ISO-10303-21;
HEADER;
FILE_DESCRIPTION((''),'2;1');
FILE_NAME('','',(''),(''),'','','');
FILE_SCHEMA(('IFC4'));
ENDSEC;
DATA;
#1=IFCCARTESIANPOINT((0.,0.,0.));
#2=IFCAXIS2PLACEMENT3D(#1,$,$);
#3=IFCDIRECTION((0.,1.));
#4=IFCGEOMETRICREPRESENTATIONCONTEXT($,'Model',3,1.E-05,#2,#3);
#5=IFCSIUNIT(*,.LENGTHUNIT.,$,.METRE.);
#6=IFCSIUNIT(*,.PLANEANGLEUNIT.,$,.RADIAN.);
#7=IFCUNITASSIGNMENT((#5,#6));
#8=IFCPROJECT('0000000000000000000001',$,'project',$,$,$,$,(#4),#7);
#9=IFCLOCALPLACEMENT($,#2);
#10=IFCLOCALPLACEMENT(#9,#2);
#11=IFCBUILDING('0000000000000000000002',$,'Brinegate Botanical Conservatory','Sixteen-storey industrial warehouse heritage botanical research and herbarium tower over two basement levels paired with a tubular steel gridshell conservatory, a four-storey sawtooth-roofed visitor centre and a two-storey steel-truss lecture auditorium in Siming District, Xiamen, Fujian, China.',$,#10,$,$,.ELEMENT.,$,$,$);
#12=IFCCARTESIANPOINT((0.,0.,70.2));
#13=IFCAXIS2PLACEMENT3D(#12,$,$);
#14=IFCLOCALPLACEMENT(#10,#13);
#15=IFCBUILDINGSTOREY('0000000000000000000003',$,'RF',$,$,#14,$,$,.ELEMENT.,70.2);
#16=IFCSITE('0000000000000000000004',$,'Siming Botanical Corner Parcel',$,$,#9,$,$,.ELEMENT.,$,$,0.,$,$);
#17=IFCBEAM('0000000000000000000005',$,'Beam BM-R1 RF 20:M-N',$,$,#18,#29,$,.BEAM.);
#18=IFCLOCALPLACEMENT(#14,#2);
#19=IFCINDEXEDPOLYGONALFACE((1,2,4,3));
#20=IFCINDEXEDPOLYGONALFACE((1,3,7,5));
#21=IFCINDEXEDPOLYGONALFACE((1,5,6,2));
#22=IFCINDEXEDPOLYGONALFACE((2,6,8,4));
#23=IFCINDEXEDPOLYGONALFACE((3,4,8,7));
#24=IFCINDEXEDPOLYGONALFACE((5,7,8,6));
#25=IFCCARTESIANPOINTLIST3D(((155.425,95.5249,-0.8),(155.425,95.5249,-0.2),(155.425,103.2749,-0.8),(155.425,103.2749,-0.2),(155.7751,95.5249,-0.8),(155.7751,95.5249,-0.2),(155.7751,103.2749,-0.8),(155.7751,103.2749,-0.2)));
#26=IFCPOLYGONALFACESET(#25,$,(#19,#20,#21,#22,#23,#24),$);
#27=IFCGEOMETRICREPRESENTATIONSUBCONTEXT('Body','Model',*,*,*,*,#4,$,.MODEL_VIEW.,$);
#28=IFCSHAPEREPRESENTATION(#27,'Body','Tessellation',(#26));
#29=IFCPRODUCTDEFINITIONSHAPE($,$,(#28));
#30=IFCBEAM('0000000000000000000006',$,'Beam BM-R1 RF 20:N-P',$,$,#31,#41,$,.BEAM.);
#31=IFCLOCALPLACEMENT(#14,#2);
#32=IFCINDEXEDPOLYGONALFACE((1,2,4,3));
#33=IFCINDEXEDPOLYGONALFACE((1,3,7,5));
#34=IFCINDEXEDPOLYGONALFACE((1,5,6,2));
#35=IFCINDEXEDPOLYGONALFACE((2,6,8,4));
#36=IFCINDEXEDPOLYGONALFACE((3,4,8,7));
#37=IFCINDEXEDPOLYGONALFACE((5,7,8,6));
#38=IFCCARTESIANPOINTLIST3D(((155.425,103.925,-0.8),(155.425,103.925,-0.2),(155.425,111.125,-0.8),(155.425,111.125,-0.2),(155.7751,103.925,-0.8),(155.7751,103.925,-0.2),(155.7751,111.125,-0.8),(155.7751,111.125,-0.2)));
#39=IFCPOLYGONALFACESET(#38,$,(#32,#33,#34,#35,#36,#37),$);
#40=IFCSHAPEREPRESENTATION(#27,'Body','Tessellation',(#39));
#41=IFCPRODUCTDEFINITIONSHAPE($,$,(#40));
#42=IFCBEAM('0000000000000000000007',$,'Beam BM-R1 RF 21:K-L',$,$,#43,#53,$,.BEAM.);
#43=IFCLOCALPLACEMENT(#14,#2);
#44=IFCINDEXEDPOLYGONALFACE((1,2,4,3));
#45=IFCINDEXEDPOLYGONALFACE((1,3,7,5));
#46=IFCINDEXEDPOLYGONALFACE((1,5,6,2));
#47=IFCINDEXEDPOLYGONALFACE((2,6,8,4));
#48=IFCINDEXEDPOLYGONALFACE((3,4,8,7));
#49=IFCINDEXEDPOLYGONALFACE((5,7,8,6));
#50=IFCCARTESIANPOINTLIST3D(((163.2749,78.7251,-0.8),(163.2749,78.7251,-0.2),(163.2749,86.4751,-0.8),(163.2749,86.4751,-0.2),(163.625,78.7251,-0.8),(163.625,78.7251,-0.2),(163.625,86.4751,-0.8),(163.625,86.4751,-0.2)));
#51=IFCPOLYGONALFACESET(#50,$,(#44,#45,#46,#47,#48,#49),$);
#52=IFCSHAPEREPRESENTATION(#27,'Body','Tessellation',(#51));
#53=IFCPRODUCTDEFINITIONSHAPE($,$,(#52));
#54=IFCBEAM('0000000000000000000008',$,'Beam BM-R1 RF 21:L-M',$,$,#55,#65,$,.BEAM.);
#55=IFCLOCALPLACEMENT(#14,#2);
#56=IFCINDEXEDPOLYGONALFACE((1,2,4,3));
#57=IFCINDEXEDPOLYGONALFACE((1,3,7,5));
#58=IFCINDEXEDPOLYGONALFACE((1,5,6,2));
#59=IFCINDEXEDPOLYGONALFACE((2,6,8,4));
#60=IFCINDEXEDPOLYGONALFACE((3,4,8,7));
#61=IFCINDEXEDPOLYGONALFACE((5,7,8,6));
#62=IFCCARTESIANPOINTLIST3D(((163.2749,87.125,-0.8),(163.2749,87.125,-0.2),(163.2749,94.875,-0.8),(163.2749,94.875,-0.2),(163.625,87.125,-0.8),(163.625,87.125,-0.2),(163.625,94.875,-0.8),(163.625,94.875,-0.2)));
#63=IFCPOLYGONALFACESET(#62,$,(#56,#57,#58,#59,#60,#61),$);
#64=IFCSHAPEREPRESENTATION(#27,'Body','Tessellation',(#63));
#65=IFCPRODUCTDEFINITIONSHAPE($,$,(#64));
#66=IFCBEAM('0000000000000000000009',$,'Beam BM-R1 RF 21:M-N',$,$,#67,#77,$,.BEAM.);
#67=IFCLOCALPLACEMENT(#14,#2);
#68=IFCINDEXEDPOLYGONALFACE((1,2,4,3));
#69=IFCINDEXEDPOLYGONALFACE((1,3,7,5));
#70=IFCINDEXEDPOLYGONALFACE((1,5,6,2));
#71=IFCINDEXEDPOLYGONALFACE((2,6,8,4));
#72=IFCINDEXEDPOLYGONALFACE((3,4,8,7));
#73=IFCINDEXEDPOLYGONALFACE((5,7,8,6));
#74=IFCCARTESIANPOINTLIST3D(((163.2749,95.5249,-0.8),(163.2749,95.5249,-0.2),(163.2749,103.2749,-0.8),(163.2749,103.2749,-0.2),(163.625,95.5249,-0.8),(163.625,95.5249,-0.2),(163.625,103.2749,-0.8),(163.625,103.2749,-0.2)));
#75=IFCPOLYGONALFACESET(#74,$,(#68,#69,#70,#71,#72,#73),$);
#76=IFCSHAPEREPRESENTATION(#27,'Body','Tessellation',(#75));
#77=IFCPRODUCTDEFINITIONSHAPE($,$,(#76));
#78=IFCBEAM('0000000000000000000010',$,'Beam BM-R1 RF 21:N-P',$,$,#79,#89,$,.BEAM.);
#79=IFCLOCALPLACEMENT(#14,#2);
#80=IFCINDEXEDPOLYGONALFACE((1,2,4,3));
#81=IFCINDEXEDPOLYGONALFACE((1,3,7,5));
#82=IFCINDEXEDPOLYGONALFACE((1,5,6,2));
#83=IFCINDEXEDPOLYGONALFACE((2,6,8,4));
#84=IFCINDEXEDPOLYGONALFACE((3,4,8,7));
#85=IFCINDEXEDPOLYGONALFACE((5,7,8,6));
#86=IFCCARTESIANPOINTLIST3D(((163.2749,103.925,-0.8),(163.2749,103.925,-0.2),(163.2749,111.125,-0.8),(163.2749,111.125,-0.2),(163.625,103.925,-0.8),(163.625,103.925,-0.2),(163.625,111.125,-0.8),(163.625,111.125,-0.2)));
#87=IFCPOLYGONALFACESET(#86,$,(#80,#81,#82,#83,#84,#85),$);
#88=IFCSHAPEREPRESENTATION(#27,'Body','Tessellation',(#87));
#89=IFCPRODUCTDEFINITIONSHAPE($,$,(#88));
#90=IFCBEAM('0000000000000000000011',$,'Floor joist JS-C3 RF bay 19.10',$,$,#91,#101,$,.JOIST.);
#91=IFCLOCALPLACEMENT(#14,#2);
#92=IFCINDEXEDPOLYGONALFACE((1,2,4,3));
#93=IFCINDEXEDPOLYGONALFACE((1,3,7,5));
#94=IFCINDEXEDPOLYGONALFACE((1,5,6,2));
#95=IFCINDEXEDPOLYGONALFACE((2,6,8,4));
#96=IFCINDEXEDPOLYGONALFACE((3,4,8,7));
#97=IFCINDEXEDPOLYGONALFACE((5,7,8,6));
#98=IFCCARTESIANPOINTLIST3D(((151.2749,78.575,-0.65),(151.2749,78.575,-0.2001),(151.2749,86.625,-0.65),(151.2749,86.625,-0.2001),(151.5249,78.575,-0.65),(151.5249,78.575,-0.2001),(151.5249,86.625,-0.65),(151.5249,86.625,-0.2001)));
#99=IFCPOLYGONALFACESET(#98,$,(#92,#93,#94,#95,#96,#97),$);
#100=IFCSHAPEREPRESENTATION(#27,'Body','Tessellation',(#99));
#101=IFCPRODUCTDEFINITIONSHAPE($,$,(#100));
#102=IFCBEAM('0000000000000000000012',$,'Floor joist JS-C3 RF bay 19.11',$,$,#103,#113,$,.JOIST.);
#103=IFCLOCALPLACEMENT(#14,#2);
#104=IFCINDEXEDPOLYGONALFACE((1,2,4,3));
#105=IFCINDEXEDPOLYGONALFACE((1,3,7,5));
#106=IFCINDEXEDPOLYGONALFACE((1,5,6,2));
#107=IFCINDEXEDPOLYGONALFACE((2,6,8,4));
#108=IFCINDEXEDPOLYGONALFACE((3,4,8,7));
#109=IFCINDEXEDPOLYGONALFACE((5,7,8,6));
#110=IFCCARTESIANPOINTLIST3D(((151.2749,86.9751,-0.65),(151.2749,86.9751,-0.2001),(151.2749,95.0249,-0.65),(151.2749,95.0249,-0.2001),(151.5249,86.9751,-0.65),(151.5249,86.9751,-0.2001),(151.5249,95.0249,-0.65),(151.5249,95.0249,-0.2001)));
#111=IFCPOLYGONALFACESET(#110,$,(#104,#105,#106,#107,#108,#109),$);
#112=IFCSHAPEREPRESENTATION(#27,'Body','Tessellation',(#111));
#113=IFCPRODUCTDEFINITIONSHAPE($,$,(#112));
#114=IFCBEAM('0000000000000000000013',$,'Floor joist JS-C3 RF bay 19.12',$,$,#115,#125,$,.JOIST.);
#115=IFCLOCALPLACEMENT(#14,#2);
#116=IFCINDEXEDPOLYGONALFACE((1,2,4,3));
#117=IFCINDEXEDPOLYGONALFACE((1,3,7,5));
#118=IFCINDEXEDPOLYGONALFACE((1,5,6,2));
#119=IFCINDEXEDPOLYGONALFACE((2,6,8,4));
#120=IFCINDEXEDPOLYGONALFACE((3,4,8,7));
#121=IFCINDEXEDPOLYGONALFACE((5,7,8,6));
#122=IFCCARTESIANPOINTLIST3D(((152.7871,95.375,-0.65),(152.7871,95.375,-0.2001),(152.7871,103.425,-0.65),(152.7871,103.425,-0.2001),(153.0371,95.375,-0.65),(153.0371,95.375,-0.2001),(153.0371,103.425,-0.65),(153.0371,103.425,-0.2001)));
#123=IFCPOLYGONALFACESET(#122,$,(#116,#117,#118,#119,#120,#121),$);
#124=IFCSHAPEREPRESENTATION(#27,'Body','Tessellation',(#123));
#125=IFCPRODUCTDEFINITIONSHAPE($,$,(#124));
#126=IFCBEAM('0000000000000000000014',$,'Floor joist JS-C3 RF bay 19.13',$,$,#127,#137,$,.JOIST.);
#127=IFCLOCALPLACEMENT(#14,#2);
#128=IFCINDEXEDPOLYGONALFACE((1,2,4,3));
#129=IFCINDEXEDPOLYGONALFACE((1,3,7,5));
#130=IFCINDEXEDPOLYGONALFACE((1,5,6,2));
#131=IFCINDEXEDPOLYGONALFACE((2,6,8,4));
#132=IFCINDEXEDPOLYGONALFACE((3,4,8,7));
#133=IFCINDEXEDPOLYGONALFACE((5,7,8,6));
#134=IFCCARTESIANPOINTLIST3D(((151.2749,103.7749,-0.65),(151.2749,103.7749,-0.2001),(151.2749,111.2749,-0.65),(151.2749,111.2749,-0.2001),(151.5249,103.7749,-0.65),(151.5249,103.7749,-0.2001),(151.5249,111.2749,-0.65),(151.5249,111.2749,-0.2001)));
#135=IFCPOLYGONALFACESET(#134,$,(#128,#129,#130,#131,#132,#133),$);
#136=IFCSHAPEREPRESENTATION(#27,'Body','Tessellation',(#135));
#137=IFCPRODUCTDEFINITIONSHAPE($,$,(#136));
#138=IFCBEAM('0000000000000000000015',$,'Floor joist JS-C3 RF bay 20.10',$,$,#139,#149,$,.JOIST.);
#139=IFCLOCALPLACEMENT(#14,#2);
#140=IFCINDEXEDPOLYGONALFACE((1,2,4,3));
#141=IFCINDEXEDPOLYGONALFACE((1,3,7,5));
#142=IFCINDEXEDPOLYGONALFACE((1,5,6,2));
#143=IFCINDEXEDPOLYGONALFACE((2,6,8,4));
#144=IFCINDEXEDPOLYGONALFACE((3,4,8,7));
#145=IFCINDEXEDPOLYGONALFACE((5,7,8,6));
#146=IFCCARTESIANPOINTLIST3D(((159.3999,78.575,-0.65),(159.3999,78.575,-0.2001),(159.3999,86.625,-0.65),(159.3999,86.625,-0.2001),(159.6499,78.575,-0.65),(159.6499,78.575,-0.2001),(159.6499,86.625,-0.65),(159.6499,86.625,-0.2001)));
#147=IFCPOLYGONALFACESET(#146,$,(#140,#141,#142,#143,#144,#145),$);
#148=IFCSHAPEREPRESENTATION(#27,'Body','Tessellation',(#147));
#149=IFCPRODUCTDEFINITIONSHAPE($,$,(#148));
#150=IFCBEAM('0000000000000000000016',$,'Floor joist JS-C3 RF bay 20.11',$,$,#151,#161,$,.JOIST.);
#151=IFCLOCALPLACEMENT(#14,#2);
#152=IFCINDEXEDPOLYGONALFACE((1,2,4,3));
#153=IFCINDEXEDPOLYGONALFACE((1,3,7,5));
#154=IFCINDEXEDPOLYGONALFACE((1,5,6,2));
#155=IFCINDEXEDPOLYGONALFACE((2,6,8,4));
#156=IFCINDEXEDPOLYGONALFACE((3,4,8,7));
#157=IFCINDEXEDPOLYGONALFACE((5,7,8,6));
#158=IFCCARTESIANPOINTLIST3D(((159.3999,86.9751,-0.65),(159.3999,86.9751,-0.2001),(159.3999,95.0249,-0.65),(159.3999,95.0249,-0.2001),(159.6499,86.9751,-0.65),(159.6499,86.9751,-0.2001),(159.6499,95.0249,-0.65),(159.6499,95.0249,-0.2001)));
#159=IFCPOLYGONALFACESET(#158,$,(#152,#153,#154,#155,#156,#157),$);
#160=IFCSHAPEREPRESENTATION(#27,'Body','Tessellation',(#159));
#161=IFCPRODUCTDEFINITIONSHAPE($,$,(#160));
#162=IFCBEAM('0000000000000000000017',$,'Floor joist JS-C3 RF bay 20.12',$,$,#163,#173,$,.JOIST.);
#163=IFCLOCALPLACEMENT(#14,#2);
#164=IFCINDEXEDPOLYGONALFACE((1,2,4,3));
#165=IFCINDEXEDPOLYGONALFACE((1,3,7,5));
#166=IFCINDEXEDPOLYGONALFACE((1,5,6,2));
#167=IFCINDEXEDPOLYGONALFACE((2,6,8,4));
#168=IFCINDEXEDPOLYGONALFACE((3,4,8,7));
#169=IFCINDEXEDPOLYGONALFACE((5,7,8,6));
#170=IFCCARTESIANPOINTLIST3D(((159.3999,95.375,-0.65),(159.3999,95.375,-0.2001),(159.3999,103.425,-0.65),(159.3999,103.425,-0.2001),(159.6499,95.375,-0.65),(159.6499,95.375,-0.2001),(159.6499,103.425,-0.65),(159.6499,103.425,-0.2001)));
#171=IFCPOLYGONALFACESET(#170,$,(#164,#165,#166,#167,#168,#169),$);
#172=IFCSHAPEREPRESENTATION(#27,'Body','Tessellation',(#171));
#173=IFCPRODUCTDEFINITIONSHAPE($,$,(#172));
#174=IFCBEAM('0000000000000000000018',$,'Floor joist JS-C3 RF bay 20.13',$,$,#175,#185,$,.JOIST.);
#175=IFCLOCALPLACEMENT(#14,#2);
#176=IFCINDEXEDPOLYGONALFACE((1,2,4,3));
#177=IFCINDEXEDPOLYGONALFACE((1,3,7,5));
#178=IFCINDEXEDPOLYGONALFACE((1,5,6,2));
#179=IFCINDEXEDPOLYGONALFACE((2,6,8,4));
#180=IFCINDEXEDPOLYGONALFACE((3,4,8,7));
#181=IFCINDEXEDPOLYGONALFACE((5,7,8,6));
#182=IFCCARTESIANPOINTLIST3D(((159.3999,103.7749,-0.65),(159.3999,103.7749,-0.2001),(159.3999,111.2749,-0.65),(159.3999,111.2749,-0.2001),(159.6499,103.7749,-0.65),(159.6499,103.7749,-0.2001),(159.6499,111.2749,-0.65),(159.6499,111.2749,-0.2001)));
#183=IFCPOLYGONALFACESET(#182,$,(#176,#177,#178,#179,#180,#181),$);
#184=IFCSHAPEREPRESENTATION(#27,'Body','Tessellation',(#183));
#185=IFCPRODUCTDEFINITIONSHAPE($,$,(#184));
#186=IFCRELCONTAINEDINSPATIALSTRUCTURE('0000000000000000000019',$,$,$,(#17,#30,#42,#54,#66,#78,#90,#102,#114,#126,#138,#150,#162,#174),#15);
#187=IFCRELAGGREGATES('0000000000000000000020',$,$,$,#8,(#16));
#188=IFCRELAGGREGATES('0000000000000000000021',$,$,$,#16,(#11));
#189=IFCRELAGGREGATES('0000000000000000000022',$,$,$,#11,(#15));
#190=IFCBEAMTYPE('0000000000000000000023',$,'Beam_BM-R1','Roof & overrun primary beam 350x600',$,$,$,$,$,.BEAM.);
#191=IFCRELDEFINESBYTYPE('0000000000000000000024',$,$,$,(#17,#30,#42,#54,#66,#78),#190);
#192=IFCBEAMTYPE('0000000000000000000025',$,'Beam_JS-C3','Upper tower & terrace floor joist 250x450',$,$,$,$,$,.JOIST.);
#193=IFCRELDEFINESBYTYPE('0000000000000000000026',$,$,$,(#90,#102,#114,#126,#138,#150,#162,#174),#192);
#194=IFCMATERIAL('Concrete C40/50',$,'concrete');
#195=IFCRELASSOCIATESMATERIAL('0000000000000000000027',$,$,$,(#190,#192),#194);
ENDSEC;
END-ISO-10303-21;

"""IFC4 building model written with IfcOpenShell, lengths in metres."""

from ifc_helpers import new_model, si_unit, direction, frame, origin, origin_2d, place, context, subcontext, project, spatial, rectangle, extrude, material, material_profile, profile_set, type_object, element, save


model = new_model("IFC4")

# Units and contexts
model_context = context("Model", 3, precision=1e-05, world=origin(), true_north=direction((0.0, 1.0)))
body_context = subcontext(model_context, "Body", "Model", "MODEL_VIEW")
ifc_project = project(units=[si_unit("LENGTHUNIT", "METRE"), si_unit("PLANEANGLEUNIT", "RADIAN")], contexts=[model_context])

# Site, building, storey
site_placement = place(None, origin())
site = spatial("IfcSite", under=ifc_project, at=site_placement, Name="Siming Botanical Corner Parcel", CompositionType="ELEMENT", RefElevation=0.0)
building_placement = place(site_placement, origin())
building = spatial("IfcBuilding", under=site, at=building_placement, Name="Brinegate Botanical Conservatory", Description="Sixteen-storey industrial warehouse heritage botanical research and herbarium tower over two basement levels paired with a tubular steel gridshell conservatory, a four-storey sawtooth-roofed visitor centre and a two-storey steel-truss lecture auditorium in Siming District, Xiamen, Fujian, China.", CompositionType="ELEMENT")
storey_placement = place(building_placement, frame((0.0, 0.0, 70.2)))
storey = spatial("IfcBuildingStorey", under=building, at=storey_placement, Name="RF", CompositionType="ELEMENT", Elevation=70.2)

# Beams
ifc_material = material(Name="Concrete C40/50", Category="concrete")
ifc_material_profile_1 = material_profile(ifc_material, rectangle(XDim=0.3501, YDim=0.6001, at=origin_2d()), Name="RC BM 350x600")
ifc_profile_set_1 = profile_set([ifc_material_profile_1], Name="Concrete C40/50")
beam_type_1 = type_object("IfcBeamType", Name="Beam_BM-R1", Description="Roof & overrun primary beam 350x600", PredefinedType="BEAM", material=ifc_profile_set_1)
for number, where, z_axis, x_axis, name in (
    (1, (155.6001, 95.5249, -0.5), (0.0, 1.0, 0.0), (-1.0, 0.0, 0.0), "Beam BM-R1 RF 20:M-N"),
):
    element("IfcBeam", number, at=place(storey_placement, frame(where, z_axis=z_axis, x_axis=x_axis)), inside=storey, type_object=beam_type_1, Name=name, PredefinedType="BEAM", context=body_context, shape_type="SweptSolid", body=[
        extrude(rectangle(XDim=0.3501, YDim=0.6001, at=origin_2d()), origin(), (0.0, 0.0, 1.0), 7.75),
    ])
beam_1_placement = place(storey_placement, frame((155.6001, 103.925, -0.5), z_axis=(0.0, 1.0, 0.0), x_axis=(-1.0, 0.0, 0.0)))
element("IfcBeam", 2, at=beam_1_placement, inside=storey, type_object=beam_type_1, Name="Beam BM-R1 RF 20:N-P", PredefinedType="BEAM", context=body_context, shape_type="SweptSolid", body=[
    extrude(rectangle(XDim=0.3501, YDim=0.6001, at=origin_2d()), origin(), (0.0, 0.0, 1.0), 7.2),
])
for number, where, z_axis, x_axis, name in (
    (3, (163.45, 78.7251, -0.5), (0.0, 1.0, 0.0), (-1.0, 0.0, 0.0), "Beam BM-R1 RF 21:K-L"),
    (4, (163.45, 87.125, -0.5), (0.0, 1.0, 0.0), (-1.0, 0.0, 0.0), "Beam BM-R1 RF 21:L-M"),
    (5, (163.45, 95.5249, -0.5), (0.0, 1.0, 0.0), (-1.0, 0.0, 0.0), "Beam BM-R1 RF 21:M-N"),
):
    element("IfcBeam", number, at=place(storey_placement, frame(where, z_axis=z_axis, x_axis=x_axis)), inside=storey, type_object=beam_type_1, Name=name, PredefinedType="BEAM", context=body_context, shape_type="SweptSolid", body=[
        extrude(rectangle(XDim=0.3501, YDim=0.6001, at=origin_2d()), origin(), (0.0, 0.0, 1.0), 7.75),
    ])
beam_2_placement = place(storey_placement, frame((163.45, 103.925, -0.5), z_axis=(0.0, 1.0, 0.0), x_axis=(-1.0, 0.0, 0.0)))
element("IfcBeam", 6, at=beam_2_placement, inside=storey, type_object=beam_type_1, Name="Beam BM-R1 RF 21:N-P", PredefinedType="BEAM", context=body_context, shape_type="SweptSolid", body=[
    extrude(rectangle(XDim=0.3501, YDim=0.6001, at=origin_2d()), origin(), (0.0, 0.0, 1.0), 7.2),
])
ifc_material_profile_2 = material_profile(ifc_material, rectangle(XDim=0.25, YDim=0.45, at=origin_2d()), Name="RC JST 250x450")
ifc_profile_set_2 = profile_set([ifc_material_profile_2], Name="Concrete C40/50")
beam_type_2 = type_object("IfcBeamType", Name="Beam_JS-C3", Description="Upper tower & terrace floor joist 250x450", PredefinedType="JOIST", material=ifc_profile_set_2)
beam_3_placement = place(storey_placement, frame((151.3999, 78.575, -0.425), z_axis=(0.0, 1.0, 0.0), x_axis=(-1.0, 0.0, 0.0)))
element("IfcBeam", 7, at=beam_3_placement, inside=storey, type_object=beam_type_2, Name="Floor joist JS-C3 RF bay 19.10", PredefinedType="JOIST", context=body_context, shape_type="SweptSolid", body=[
    extrude(rectangle(XDim=0.25, YDim=0.45, at=origin_2d()), origin(), (0.0, 0.0, 1.0), 8.05),
])
beam_4_placement = place(storey_placement, frame((151.3999, 86.9751, -0.425), z_axis=(0.0, 1.0, 0.0), x_axis=(-1.0, 0.0, 0.0)))
element("IfcBeam", 8, at=beam_4_placement, inside=storey, type_object=beam_type_2, Name="Floor joist JS-C3 RF bay 19.11", PredefinedType="JOIST", context=body_context, shape_type="SweptSolid", body=[
    extrude(rectangle(XDim=0.25, YDim=0.45, at=origin_2d()), origin(), (0.0, 0.0, 1.0), 8.0498),
])
beam_5_placement = place(storey_placement, frame((152.9121, 95.375, -0.425), z_axis=(0.0, 1.0, 0.0), x_axis=(-1.0, 0.0, 0.0)))
element("IfcBeam", 9, at=beam_5_placement, inside=storey, type_object=beam_type_2, Name="Floor joist JS-C3 RF bay 19.12", PredefinedType="JOIST", context=body_context, shape_type="SweptSolid", body=[
    extrude(rectangle(XDim=0.25, YDim=0.45, at=origin_2d()), origin(), (0.0, 0.0, 1.0), 8.05),
])
beam_6_placement = place(storey_placement, frame((151.3999, 103.7749, -0.425), z_axis=(0.0, 1.0, 0.0), x_axis=(-1.0, 0.0, 0.0)))
element("IfcBeam", 10, at=beam_6_placement, inside=storey, type_object=beam_type_2, Name="Floor joist JS-C3 RF bay 19.13", PredefinedType="JOIST", context=body_context, shape_type="SweptSolid", body=[
    extrude(rectangle(XDim=0.25, YDim=0.45, at=origin_2d()), origin(), (0.0, 0.0, 1.0), 7.5),
])
beam_7_placement = place(storey_placement, frame((159.5249, 78.575, -0.425), z_axis=(0.0, 1.0, 0.0), x_axis=(-1.0, 0.0, 0.0)))
element("IfcBeam", 11, at=beam_7_placement, inside=storey, type_object=beam_type_2, Name="Floor joist JS-C3 RF bay 20.10", PredefinedType="JOIST", context=body_context, shape_type="SweptSolid", body=[
    extrude(rectangle(XDim=0.25, YDim=0.45, at=origin_2d()), origin(), (0.0, 0.0, 1.0), 8.05),
])
beam_8_placement = place(storey_placement, frame((159.5249, 86.9751, -0.425), z_axis=(0.0, 1.0, 0.0), x_axis=(-1.0, 0.0, 0.0)))
element("IfcBeam", 12, at=beam_8_placement, inside=storey, type_object=beam_type_2, Name="Floor joist JS-C3 RF bay 20.11", PredefinedType="JOIST", context=body_context, shape_type="SweptSolid", body=[
    extrude(rectangle(XDim=0.25, YDim=0.45, at=origin_2d()), origin(), (0.0, 0.0, 1.0), 8.0498),
])
beam_9_placement = place(storey_placement, frame((159.5249, 95.375, -0.425), z_axis=(0.0, 1.0, 0.0), x_axis=(-1.0, 0.0, 0.0)))
element("IfcBeam", 13, at=beam_9_placement, inside=storey, type_object=beam_type_2, Name="Floor joist JS-C3 RF bay 20.12", PredefinedType="JOIST", context=body_context, shape_type="SweptSolid", body=[
    extrude(rectangle(XDim=0.25, YDim=0.45, at=origin_2d()), origin(), (0.0, 0.0, 1.0), 8.05),
])
beam_10_placement = place(storey_placement, frame((159.5249, 103.7749, -0.425), z_axis=(0.0, 1.0, 0.0), x_axis=(-1.0, 0.0, 0.0)))
element("IfcBeam", 14, at=beam_10_placement, inside=storey, type_object=beam_type_2, Name="Floor joist JS-C3 RF bay 20.13", PredefinedType="JOIST", context=body_context, shape_type="SweptSolid", body=[
    extrude(rectangle(XDim=0.25, YDim=0.45, at=origin_2d()), origin(), (0.0, 0.0, 1.0), 7.5),
])

save(model, "model.ifc")
